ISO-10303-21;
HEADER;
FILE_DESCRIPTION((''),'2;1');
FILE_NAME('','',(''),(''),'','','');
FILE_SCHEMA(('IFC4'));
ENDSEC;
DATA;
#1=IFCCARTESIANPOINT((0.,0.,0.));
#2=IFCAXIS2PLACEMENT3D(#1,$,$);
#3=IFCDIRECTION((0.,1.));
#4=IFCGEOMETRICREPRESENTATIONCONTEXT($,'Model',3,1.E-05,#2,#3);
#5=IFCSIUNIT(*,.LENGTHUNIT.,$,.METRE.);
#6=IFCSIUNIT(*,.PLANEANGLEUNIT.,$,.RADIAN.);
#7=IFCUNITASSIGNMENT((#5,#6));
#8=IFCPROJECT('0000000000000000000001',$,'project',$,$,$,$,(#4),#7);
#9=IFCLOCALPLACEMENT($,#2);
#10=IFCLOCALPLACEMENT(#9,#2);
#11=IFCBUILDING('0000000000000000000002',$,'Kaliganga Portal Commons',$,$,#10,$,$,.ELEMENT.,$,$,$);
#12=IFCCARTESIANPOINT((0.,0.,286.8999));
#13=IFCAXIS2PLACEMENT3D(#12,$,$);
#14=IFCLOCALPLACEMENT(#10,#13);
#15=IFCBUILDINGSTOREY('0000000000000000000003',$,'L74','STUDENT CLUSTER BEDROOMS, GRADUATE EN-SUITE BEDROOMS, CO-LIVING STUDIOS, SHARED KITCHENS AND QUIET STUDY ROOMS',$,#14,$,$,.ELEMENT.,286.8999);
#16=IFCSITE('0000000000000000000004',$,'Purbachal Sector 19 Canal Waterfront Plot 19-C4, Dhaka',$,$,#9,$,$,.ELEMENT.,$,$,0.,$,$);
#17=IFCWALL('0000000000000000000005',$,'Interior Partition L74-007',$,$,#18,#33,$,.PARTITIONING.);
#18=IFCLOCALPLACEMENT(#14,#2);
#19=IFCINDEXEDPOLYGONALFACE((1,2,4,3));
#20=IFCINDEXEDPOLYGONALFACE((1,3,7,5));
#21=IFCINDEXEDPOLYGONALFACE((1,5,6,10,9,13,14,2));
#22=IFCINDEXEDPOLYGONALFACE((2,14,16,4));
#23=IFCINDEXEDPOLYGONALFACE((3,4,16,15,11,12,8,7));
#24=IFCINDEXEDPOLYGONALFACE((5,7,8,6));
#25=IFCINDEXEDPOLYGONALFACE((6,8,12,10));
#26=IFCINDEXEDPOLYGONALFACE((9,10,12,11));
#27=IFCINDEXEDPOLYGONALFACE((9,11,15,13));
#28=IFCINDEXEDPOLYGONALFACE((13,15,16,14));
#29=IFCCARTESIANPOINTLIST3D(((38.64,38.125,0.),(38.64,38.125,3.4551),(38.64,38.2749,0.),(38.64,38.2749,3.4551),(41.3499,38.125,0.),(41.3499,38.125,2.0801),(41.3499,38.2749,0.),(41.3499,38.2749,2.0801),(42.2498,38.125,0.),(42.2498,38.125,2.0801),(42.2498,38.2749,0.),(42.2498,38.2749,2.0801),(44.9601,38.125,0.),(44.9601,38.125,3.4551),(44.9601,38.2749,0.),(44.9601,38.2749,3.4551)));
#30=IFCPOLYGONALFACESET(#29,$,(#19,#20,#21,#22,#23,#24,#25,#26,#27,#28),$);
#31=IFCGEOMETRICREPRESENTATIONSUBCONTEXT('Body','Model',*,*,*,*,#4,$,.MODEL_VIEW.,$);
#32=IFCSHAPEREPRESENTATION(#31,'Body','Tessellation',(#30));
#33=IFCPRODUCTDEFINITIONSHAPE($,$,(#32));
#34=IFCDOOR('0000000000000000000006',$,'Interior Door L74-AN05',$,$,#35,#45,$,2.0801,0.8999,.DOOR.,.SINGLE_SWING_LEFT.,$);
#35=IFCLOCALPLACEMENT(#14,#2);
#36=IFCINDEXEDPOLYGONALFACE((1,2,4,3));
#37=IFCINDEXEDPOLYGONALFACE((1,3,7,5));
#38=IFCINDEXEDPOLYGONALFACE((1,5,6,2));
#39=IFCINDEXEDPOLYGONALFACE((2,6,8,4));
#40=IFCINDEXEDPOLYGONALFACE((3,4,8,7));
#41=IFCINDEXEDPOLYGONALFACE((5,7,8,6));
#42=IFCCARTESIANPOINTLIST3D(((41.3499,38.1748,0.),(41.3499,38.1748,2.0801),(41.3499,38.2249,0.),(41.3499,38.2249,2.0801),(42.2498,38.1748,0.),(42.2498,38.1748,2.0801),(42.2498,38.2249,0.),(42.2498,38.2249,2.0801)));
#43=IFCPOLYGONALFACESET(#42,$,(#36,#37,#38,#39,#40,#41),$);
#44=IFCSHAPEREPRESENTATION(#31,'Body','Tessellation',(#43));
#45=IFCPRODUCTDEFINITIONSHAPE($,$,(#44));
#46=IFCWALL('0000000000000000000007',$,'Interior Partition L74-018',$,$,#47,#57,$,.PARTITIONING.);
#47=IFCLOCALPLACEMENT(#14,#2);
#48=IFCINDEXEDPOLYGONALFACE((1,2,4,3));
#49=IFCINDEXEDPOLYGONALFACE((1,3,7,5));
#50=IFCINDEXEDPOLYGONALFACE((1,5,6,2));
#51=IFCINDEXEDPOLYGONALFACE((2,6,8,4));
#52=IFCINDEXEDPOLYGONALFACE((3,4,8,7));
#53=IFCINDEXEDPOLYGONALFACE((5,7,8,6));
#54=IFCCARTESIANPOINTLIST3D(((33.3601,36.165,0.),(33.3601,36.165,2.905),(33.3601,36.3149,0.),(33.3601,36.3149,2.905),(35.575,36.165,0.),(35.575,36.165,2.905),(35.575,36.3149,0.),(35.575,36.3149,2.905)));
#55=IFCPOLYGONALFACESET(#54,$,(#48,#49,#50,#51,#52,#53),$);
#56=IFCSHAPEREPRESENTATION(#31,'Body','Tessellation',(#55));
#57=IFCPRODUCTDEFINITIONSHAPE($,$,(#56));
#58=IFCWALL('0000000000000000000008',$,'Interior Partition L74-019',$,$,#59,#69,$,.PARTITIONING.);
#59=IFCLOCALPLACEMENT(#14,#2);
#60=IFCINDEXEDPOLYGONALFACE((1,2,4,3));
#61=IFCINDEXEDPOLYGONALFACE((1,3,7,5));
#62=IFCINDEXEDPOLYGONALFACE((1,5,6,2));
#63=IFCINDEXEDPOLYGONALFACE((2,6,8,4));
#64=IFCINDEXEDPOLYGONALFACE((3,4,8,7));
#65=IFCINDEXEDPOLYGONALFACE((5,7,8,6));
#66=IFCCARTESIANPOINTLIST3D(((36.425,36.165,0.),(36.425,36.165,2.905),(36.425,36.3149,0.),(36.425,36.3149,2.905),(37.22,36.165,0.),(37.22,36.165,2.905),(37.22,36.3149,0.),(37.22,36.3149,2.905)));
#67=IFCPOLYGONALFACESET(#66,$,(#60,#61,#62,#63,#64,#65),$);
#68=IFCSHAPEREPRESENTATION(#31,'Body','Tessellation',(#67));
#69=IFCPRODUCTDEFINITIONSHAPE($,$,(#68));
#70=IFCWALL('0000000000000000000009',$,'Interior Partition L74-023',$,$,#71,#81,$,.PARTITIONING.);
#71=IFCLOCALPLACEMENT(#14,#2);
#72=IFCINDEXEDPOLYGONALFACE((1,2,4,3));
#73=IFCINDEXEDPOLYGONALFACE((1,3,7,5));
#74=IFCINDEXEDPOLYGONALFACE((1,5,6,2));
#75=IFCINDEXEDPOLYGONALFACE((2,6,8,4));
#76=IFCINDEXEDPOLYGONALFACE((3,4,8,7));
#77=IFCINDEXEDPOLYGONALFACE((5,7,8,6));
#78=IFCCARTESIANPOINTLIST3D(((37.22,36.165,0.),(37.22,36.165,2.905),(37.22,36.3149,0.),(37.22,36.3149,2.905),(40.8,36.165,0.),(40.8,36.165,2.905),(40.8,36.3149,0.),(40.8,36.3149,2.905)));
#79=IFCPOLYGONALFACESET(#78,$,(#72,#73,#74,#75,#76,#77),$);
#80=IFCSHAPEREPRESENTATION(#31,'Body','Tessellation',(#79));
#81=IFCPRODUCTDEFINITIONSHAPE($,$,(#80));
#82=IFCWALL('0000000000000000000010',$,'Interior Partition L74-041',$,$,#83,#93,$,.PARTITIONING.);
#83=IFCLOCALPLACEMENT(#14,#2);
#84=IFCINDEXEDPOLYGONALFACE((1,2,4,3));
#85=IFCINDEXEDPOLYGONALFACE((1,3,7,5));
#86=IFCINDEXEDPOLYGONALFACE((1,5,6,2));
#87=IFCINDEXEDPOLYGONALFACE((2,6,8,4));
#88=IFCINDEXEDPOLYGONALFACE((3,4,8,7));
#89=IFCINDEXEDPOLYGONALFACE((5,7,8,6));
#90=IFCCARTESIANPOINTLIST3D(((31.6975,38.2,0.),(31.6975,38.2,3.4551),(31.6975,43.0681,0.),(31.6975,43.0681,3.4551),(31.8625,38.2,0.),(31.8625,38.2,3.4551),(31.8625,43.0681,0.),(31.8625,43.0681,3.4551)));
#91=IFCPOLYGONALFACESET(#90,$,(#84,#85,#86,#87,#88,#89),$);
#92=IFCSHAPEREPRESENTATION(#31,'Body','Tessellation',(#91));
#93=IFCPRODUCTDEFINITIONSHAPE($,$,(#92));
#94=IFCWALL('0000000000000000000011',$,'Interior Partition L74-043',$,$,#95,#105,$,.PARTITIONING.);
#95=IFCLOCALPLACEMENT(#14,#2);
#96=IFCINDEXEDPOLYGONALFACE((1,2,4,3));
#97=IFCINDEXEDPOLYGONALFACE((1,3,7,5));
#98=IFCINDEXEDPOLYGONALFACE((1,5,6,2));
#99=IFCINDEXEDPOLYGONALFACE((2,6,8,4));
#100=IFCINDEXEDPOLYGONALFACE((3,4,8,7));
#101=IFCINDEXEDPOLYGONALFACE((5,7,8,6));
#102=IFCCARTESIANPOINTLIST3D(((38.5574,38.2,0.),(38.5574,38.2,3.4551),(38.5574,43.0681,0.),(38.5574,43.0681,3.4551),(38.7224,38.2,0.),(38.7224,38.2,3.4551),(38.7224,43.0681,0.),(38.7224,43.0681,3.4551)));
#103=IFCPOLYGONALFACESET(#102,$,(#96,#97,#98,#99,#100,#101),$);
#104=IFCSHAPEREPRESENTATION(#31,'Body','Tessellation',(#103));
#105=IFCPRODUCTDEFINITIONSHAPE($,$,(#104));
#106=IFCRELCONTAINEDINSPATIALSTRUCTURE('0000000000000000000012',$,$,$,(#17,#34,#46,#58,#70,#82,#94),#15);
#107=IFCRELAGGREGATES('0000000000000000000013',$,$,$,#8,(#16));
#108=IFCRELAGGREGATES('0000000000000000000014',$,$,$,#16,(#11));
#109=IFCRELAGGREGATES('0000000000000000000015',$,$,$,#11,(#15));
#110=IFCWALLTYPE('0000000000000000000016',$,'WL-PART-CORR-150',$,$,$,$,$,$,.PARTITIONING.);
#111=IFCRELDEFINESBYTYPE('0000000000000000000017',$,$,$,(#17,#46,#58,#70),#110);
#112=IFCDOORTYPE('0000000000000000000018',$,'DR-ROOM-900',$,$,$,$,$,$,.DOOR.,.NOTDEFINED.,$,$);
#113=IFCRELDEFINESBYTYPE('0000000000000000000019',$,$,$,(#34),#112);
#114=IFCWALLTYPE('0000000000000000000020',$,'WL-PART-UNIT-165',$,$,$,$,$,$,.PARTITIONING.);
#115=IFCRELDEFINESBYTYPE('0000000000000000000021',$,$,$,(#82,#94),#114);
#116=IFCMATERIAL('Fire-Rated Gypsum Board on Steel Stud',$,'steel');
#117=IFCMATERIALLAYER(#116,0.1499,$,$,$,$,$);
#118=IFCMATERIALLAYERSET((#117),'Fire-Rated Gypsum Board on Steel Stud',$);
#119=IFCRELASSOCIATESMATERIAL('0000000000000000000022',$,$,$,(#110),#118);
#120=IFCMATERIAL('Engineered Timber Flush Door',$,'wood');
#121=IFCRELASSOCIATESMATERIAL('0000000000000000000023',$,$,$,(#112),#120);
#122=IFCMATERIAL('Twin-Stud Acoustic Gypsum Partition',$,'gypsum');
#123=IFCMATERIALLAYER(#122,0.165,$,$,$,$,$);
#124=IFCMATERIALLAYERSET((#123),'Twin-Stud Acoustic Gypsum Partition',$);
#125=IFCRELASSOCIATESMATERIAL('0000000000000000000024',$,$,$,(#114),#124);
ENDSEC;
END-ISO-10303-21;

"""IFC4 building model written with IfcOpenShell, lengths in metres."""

from ifc_helpers import new_model, si_unit, direction, frame, frame_2d, origin, place, context, subcontext, project, spatial, rectangle, extrude, material, layer, layer_set, type_object, element, fill, save


model = new_model("IFC4")

# Units and contexts
model_context = context("Model", 3, precision=1e-05, world=origin(), true_north=direction((0.0, 1.0)))
body_context = subcontext(model_context, "Body", "Model", "MODEL_VIEW")
ifc_project = project(units=[si_unit("LENGTHUNIT", "METRE"), si_unit("PLANEANGLEUNIT", "RADIAN")], contexts=[model_context])

# Site, building, storey
site_placement = place(None, origin())
site = spatial("IfcSite", under=ifc_project, at=site_placement, Name="Purbachal Sector 19 Canal Waterfront Plot 19-C4, Dhaka", CompositionType="ELEMENT", RefElevation=0.0)
building_placement = place(site_placement, origin())
building = spatial("IfcBuilding", under=site, at=building_placement, Name="Kaliganga Portal Commons", CompositionType="ELEMENT")
storey_placement = place(building_placement, frame((0.0, 0.0, 286.8999)))
storey = spatial("IfcBuildingStorey", under=building, at=storey_placement, Name="L74", Description="STUDENT CLUSTER BEDROOMS, GRADUATE EN-SUITE BEDROOMS, CO-LIVING STUDIOS, SHARED KITCHENS AND QUIET STUDY ROOMS", CompositionType="ELEMENT", Elevation=286.8999)

# Wall, opening, door
ifc_material_1 = material(Name="Fire-Rated Gypsum Board on Steel Stud", Category="steel")
ifc_layer_1 = layer(ifc_material_1, 0.1499)
ifc_layer_set_1 = layer_set([ifc_layer_1], Name="Fire-Rated Gypsum Board on Steel Stud")
wall_type_1 = type_object("IfcWallType", Name="WL-PART-CORR-150", PredefinedType="PARTITIONING", material=ifc_layer_set_1)
wall_1_placement = place(storey_placement, frame((38.6399, 38.2, 0.0), z_axis=(0.0, 0.0, 1.0), x_axis=(1.0, 0.0, 0.0)))
wall_1 = element("IfcWall", 1, at=wall_1_placement, inside=storey, type_object=wall_type_1, Name="Interior Partition L74-007", PredefinedType="PARTITIONING", context=body_context, shape_type="SweptSolid", body=[
    extrude(rectangle(XDim=6.3201, YDim=0.1499, at=frame_2d((3.1602, 0.0))), origin(), (0.0, 0.0, 1.0), 3.4551),
])
opening_1_placement = place(wall_1_placement, frame((2.71, 0.0, 0.0)))
opening_1 = element("IfcOpeningElement", 2, at=opening_1_placement, cuts=wall_1, PredefinedType="OPENING", context=body_context, shape_type="SweptSolid", body=[
    extrude(rectangle(XDim=0.8999, YDim=2.0801, at=frame_2d((0.45, 1.04))), frame((0.0, 0.085, 0.0), z_axis=(0.0, -1.0, 0.0), x_axis=(1.0, 0.0, 0.0)), (0.0, 0.0, 1.0), 0.1699),
])
ifc_material_2 = material(Name="Engineered Timber Flush Door", Category="wood")
door_type_1 = type_object("IfcDoorType", Name="DR-ROOM-900", OperationType="NOTDEFINED", PredefinedType="DOOR", material=ifc_material_2)
door_1_placement = place(opening_1_placement, origin())
door_1 = element("IfcDoor", 3, at=door_1_placement, inside=storey, type_object=door_type_1, Name="Interior Door L74-AN05", OperationType="SINGLE_SWING_LEFT", OverallHeight=2.0801, OverallWidth=0.8999, PredefinedType="DOOR", context=body_context, shape_type="SweptSolid", body=[
    extrude(rectangle(XDim=0.8999, YDim=2.0801, at=frame_2d((0.45, 1.04))), frame((0.0, 0.0249, 0.0), z_axis=(0.0, -1.0, 0.0), x_axis=(1.0, 0.0, 0.0)), (0.0, 0.0, 1.0), 0.05),
])
fill(opening_1, door_1)

# Walls
wall_2_placement = place(storey_placement, frame((33.3601, 36.24, 0.0), z_axis=(0.0, 0.0, 1.0), x_axis=(1.0, 0.0, 0.0)))
element("IfcWall", 4, at=wall_2_placement, inside=storey, type_object=wall_type_1, Name="Interior Partition L74-018", PredefinedType="PARTITIONING", context=body_context, shape_type="SweptSolid", body=[
    extrude(rectangle(XDim=2.2148, YDim=0.1499, at=frame_2d((1.1074, 0.0))), origin(), (0.0, 0.0, 1.0), 2.905),
])
wall_3_placement = place(storey_placement, frame((36.425, 36.24, 0.0), z_axis=(0.0, 0.0, 1.0), x_axis=(1.0, 0.0, 0.0)))
element("IfcWall", 5, at=wall_3_placement, inside=storey, type_object=wall_type_1, Name="Interior Partition L74-019", PredefinedType="PARTITIONING", context=body_context, shape_type="SweptSolid", body=[
    extrude(rectangle(XDim=0.7949, YDim=0.1499, at=frame_2d((0.3975, 0.0))), origin(), (0.0, 0.0, 1.0), 2.905),
])
wall_4_placement = place(storey_placement, frame((37.22, 36.24, 0.0), z_axis=(0.0, 0.0, 1.0), x_axis=(1.0, 0.0, 0.0)))
element("IfcWall", 6, at=wall_4_placement, inside=storey, type_object=wall_type_1, Name="Interior Partition L74-023", PredefinedType="PARTITIONING", context=body_context, shape_type="SweptSolid", body=[
    extrude(rectangle(XDim=3.5801, YDim=0.1499, at=frame_2d((1.79, 0.0))), origin(), (0.0, 0.0, 1.0), 2.905),
])
ifc_material_3 = material(Name="Twin-Stud Acoustic Gypsum Partition", Category="gypsum")
ifc_layer_2 = layer(ifc_material_3, 0.165)
ifc_layer_set_2 = layer_set([ifc_layer_2], Name="Twin-Stud Acoustic Gypsum Partition")
wall_type_2 = type_object("IfcWallType", Name="WL-PART-UNIT-165", PredefinedType="PARTITIONING", material=ifc_layer_set_2)
for number, where, z_axis, x_axis, name in (
    (7, (31.78, 38.2, 0.0), (0.0, 0.0, 1.0), (0.0, 1.0, 0.0), "Interior Partition L74-041"),
    (8, (38.6399, 38.2, 0.0), (0.0, 0.0, 1.0), (0.0, 1.0, 0.0), "Interior Partition L74-043"),
):
    element("IfcWall", number, at=place(storey_placement, frame(where, z_axis=z_axis, x_axis=x_axis)), inside=storey, type_object=wall_type_2, Name=name, PredefinedType="PARTITIONING", context=body_context, shape_type="SweptSolid", body=[
        extrude(rectangle(XDim=4.8682, YDim=0.165, at=frame_2d((2.4341, 0.0))), origin(), (0.0, 0.0, 1.0), 3.4551),
    ])

save(model, "model.ifc")
